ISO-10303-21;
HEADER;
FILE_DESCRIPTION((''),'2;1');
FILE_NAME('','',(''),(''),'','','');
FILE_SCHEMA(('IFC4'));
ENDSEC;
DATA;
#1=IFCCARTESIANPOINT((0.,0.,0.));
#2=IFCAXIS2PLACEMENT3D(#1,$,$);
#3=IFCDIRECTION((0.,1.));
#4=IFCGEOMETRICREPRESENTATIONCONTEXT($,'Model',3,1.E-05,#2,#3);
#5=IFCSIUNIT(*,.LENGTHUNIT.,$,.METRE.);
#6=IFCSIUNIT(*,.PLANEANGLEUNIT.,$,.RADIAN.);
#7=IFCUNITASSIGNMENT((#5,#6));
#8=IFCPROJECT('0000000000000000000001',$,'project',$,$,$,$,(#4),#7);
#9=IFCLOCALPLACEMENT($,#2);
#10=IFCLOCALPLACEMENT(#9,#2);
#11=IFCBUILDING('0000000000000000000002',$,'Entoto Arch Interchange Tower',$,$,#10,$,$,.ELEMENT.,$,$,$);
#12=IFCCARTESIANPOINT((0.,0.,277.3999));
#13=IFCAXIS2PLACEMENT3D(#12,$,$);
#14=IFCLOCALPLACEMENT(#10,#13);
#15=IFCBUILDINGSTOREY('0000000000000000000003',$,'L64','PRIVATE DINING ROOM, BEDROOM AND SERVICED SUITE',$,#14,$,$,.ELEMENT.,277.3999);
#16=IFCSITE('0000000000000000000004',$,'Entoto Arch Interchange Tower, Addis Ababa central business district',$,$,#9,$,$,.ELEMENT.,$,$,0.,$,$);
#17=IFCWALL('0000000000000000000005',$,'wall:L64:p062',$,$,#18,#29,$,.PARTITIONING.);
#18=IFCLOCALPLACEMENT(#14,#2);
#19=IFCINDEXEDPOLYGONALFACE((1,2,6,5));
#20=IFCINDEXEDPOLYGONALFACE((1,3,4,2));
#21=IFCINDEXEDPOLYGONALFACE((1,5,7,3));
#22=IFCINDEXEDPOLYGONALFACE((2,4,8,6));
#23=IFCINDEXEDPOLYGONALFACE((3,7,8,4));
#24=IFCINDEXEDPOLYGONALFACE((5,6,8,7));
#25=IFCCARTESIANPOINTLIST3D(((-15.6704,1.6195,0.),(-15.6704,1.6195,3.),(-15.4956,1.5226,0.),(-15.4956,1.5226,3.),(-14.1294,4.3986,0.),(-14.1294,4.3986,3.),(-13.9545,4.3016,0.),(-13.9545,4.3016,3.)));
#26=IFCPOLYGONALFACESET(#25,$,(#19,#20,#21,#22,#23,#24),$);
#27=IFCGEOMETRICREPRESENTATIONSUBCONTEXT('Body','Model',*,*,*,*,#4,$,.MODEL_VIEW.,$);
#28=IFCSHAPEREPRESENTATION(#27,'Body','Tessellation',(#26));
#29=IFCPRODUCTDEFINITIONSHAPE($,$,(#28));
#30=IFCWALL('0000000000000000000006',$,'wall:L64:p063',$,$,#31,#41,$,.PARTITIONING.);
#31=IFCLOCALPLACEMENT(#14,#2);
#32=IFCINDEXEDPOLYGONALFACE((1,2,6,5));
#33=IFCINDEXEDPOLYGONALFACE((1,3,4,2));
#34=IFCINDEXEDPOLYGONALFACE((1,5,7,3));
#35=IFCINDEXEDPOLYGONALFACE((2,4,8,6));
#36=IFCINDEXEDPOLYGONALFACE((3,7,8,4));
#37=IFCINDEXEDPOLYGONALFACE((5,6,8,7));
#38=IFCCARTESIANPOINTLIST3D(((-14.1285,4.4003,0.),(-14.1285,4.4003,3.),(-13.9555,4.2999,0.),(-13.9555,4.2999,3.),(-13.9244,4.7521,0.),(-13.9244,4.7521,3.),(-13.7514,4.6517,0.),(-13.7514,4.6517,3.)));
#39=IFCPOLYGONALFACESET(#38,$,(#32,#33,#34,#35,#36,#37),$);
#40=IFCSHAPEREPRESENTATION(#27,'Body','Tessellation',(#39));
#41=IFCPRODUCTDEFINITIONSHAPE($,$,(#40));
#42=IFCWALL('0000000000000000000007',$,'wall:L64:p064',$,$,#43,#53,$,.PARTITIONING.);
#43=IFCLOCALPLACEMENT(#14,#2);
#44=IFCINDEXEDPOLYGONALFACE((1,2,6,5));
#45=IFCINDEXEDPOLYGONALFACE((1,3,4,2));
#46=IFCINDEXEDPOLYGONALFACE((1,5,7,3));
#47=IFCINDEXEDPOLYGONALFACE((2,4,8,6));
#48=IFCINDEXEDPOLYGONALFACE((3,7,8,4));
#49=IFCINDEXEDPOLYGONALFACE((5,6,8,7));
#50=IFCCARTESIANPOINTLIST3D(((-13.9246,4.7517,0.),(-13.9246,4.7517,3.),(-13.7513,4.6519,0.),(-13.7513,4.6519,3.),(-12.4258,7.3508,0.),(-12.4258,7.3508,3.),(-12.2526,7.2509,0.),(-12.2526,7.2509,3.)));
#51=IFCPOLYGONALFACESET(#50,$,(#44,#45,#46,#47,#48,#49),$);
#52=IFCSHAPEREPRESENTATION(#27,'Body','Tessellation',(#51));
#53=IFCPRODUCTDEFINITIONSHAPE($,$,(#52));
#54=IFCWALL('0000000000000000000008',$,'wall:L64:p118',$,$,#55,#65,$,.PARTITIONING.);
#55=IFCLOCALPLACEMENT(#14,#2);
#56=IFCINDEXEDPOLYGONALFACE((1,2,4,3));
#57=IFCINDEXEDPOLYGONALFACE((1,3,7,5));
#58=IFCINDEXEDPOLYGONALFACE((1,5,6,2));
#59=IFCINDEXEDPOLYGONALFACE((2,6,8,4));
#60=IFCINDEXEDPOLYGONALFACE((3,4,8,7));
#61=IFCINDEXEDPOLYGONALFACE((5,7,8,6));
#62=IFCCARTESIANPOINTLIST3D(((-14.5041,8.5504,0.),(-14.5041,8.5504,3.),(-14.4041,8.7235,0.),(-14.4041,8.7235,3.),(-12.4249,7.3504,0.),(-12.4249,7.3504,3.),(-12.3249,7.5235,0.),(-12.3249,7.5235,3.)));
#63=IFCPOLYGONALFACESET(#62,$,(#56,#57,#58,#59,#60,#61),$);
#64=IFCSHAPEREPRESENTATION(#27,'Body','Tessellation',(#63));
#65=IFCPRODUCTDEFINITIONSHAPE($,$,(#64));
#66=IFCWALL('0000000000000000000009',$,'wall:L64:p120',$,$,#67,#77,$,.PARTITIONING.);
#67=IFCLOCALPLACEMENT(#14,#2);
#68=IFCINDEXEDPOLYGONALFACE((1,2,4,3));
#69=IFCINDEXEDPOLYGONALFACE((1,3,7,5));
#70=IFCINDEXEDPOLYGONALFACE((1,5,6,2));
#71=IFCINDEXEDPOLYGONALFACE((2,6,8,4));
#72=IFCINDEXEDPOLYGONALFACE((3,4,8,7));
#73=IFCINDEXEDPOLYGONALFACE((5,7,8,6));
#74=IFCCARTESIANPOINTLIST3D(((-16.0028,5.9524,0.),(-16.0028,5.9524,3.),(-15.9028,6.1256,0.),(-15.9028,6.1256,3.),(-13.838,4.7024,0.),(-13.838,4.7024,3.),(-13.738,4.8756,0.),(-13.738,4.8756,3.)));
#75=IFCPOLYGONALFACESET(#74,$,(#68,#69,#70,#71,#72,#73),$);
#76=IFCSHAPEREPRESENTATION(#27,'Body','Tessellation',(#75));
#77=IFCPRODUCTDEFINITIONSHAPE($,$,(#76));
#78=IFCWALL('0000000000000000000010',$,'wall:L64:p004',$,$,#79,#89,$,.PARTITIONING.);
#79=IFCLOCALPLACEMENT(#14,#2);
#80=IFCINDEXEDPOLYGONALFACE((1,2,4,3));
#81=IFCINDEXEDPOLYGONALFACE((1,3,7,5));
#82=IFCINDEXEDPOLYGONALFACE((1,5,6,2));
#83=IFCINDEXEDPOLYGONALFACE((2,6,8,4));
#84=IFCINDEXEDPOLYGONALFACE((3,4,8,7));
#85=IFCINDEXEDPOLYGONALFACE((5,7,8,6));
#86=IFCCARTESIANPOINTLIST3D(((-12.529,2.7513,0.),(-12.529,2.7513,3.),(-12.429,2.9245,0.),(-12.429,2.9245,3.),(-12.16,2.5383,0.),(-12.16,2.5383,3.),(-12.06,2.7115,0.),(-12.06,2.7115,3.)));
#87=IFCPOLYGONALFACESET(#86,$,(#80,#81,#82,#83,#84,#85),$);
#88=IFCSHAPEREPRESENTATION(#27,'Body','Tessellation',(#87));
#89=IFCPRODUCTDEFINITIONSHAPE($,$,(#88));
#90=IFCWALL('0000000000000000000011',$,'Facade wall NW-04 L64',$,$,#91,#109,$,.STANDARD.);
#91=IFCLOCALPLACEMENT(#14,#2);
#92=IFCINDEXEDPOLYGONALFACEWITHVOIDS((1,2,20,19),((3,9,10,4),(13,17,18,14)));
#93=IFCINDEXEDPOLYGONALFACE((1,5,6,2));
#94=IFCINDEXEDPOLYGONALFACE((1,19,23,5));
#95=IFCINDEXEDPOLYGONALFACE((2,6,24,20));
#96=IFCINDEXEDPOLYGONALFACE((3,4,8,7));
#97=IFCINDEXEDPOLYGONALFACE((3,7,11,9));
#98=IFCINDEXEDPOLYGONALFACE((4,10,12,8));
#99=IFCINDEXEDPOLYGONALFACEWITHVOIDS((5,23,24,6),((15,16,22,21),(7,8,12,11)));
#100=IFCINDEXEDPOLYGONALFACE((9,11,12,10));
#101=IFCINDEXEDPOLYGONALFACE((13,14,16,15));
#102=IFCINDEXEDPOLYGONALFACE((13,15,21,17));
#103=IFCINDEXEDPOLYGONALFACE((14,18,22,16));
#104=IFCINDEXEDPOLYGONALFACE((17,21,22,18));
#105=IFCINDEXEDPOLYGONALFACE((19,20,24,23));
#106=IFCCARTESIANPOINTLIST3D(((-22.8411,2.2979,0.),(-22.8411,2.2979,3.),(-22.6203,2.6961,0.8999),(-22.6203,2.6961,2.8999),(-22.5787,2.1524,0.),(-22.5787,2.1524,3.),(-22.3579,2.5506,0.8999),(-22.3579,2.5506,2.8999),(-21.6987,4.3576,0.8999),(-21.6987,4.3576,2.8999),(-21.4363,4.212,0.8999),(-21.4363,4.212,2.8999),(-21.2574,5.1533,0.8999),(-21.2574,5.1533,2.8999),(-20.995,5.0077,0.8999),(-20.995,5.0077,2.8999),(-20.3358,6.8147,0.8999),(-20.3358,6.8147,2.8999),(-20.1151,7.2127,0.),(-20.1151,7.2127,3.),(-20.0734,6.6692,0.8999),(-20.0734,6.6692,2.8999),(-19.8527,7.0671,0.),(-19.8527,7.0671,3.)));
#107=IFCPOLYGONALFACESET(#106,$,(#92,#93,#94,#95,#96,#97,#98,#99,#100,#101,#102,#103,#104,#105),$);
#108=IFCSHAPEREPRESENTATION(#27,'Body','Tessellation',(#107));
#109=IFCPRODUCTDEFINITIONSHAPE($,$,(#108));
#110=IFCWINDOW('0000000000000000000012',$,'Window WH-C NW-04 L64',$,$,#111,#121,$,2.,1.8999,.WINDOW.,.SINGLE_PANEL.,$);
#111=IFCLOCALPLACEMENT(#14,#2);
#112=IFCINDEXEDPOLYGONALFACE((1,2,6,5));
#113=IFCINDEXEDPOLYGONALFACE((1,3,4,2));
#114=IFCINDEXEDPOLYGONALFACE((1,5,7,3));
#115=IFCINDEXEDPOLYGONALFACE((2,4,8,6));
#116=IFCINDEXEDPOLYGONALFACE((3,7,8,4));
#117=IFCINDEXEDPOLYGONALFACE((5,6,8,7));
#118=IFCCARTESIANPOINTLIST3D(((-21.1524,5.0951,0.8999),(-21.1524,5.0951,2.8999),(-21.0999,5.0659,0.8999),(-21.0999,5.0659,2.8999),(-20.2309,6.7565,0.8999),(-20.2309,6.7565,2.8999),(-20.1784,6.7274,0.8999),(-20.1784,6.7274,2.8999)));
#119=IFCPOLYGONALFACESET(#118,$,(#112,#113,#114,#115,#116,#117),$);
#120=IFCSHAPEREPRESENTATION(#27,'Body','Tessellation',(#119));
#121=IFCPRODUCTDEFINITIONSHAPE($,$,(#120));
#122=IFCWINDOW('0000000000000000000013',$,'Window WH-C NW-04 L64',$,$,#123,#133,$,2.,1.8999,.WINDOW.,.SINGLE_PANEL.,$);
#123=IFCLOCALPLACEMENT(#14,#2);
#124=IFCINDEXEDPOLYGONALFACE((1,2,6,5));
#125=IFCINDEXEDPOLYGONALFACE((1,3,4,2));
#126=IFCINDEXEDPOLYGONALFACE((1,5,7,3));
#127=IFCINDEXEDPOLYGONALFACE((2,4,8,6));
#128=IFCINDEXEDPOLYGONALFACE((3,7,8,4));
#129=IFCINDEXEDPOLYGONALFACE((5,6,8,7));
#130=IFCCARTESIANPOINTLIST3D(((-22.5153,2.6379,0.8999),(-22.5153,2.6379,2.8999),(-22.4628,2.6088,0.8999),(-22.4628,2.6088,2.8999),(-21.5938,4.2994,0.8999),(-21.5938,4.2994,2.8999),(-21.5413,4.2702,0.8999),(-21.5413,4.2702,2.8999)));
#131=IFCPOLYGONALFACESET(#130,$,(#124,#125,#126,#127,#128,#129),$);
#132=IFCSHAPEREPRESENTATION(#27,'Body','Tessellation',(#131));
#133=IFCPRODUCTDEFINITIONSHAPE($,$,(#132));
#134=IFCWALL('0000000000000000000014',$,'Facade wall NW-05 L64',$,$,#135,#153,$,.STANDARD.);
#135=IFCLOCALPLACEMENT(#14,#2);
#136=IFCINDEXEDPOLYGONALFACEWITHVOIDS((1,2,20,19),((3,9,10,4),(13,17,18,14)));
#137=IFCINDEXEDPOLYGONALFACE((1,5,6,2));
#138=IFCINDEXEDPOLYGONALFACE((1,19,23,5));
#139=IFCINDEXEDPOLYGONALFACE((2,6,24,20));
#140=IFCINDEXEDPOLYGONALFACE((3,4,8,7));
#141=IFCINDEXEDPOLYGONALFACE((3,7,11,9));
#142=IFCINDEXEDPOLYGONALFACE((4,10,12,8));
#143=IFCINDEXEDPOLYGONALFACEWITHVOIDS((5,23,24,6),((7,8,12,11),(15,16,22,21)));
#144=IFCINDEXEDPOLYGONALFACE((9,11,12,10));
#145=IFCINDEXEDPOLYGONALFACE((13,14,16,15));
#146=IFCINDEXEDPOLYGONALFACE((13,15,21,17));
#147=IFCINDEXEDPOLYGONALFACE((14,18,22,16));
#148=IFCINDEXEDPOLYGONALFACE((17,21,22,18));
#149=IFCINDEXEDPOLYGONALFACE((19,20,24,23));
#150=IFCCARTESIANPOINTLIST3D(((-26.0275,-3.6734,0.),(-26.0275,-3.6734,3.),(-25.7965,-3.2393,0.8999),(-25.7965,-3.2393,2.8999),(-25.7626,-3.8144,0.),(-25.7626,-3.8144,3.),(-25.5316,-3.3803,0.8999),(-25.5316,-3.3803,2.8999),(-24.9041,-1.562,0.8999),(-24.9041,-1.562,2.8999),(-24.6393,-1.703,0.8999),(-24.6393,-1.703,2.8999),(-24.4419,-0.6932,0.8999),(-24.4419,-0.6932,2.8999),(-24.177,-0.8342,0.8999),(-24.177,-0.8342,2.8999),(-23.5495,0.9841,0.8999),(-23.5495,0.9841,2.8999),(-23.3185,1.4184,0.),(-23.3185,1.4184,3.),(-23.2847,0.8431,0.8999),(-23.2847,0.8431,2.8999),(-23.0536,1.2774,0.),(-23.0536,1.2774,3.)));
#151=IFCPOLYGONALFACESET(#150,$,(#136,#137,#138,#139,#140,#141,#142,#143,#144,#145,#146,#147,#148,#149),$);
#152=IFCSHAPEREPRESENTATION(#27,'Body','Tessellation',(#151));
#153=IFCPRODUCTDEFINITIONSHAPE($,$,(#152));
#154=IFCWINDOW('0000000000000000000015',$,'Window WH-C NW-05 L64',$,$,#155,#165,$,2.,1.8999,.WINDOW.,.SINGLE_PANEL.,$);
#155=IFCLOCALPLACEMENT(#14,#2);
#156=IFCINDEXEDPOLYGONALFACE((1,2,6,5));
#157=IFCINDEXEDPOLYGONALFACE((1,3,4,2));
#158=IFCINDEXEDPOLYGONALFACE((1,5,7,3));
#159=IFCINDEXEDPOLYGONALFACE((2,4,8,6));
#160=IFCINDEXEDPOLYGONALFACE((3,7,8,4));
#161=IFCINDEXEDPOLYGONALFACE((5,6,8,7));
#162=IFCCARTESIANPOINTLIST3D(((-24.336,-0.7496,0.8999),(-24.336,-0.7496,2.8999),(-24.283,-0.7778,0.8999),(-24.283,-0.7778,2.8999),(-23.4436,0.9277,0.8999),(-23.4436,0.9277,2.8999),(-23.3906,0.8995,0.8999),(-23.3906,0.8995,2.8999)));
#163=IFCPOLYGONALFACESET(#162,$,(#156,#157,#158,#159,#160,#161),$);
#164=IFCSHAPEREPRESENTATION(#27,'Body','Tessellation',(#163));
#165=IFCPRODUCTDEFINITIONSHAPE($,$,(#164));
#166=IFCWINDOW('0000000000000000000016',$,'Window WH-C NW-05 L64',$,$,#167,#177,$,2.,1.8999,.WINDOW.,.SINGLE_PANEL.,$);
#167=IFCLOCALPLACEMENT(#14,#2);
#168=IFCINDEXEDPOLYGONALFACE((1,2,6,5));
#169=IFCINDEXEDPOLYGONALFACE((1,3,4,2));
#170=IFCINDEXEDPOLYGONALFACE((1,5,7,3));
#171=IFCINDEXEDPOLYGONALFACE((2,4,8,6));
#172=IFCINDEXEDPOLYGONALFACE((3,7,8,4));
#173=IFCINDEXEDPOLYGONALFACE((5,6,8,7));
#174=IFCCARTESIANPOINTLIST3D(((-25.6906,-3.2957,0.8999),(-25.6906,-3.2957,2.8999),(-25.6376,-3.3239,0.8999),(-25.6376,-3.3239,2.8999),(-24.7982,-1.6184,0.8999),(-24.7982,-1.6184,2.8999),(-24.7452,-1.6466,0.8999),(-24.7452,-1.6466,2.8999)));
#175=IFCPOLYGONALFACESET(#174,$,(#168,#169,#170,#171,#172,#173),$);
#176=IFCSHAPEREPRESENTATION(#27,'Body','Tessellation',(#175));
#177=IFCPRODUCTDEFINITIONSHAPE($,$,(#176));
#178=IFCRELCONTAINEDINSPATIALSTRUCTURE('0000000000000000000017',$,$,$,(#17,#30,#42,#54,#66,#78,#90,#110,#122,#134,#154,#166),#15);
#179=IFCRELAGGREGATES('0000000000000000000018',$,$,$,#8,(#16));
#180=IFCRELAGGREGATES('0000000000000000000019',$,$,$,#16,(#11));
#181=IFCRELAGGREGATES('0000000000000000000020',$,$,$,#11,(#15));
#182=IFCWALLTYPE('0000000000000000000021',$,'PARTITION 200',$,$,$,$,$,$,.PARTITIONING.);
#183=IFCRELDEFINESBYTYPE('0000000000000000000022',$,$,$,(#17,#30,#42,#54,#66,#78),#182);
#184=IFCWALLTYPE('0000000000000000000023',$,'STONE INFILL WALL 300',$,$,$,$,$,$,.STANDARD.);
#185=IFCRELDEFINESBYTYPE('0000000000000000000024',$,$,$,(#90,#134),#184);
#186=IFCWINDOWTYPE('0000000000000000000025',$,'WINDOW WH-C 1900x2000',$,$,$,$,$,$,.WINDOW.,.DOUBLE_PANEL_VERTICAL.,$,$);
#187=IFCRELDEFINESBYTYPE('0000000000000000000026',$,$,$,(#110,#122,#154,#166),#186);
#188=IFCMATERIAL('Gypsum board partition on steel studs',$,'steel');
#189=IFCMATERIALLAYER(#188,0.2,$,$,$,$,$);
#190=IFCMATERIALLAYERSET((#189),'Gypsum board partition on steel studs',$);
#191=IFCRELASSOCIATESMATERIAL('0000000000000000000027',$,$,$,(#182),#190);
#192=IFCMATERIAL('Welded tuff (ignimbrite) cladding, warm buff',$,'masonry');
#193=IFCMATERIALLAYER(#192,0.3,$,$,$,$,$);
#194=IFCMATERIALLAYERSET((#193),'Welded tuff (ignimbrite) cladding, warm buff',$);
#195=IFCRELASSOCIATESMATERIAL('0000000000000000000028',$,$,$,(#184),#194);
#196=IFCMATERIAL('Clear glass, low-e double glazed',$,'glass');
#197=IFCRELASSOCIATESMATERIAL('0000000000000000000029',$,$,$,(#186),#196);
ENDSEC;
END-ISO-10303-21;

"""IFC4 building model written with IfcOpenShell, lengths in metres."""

from ifc_helpers import new_model, si_unit, direction, frame, frame_2d, origin, place, context, subcontext, project, spatial, rectangle, extrude, material, layer, layer_set, type_object, element, fill, save


model = new_model("IFC4")

# Units and contexts
model_context = context("Model", 3, precision=1e-05, world=origin(), true_north=direction((0.0, 1.0)))
body_context = subcontext(model_context, "Body", "Model", "MODEL_VIEW")
ifc_project = project(units=[si_unit("LENGTHUNIT", "METRE"), si_unit("PLANEANGLEUNIT", "RADIAN")], contexts=[model_context])

# Site, building, storey
site_placement = place(None, origin())
site = spatial("IfcSite", under=ifc_project, at=site_placement, Name="Entoto Arch Interchange Tower, Addis Ababa central business district", CompositionType="ELEMENT", RefElevation=0.0)
building_placement = place(site_placement, origin())
building = spatial("IfcBuilding", under=site, at=building_placement, Name="Entoto Arch Interchange Tower", CompositionType="ELEMENT")
storey_placement = place(building_placement, frame((0.0, 0.0, 277.3999)))
storey = spatial("IfcBuildingStorey", under=building, at=storey_placement, Name="L64", Description="PRIVATE DINING ROOM, BEDROOM AND SERVICED SUITE", CompositionType="ELEMENT", Elevation=277.3999)

# Shared definitions
ifc_material_1 = material(Name="Gypsum board partition on steel studs", Category="steel")

# Shared definitions
ifc_layer_1 = layer(ifc_material_1, 0.2)
ifc_layer_set_1 = layer_set([ifc_layer_1], Name="Gypsum board partition on steel studs")
wall_type_1 = type_object("IfcWallType", Name="PARTITION 200", PredefinedType="PARTITIONING", material=ifc_layer_set_1)

# Walls
wall_1_placement = place(storey_placement, frame((-15.583, 1.571, 0.0), z_axis=(0.0, 0.0, 1.0), x_axis=(0.484945, 0.874545, 0.0)))
element("IfcWall", 1, at=wall_1_placement, inside=storey, type_object=wall_type_1, Name="wall:L64:p062", PredefinedType="PARTITIONING", context=body_context, shape_type="SweptSolid", body=[
    extrude(rectangle(XDim=3.1777, YDim=0.2, at=frame_2d((1.5889, 0.0))), origin(), (0.0, 0.0, 1.0), 3.0),
])
wall_2_placement = place(storey_placement, frame((-14.042, 4.3501, 0.0), z_axis=(0.0, 0.0, 1.0), x_axis=(0.501817, 0.864974, 0.0)))
element("IfcWall", 2, at=wall_2_placement, inside=storey, type_object=wall_type_1, Name="wall:L64:p063", PredefinedType="PARTITIONING", context=body_context, shape_type="SweptSolid", body=[
    extrude(rectangle(XDim=0.4067, YDim=0.2, at=frame_2d((0.2034, 0.0))), origin(), (0.0, 0.0, 1.0), 3.0),
])
wall_3_placement = place(storey_placement, frame((-13.8379, 4.7019, 0.0), z_axis=(0.0, 0.0, 1.0), x_axis=(0.499544, 0.866289, 0.0)))
element("IfcWall", 3, at=wall_3_placement, inside=storey, type_object=wall_type_1, Name="wall:L64:p064", PredefinedType="PARTITIONING", context=body_context, shape_type="SweptSolid", body=[
    extrude(rectangle(XDim=3.0002, YDim=0.2, at=frame_2d((1.5, 0.0))), origin(), (0.0, 0.0, 1.0), 3.0),
])
wall_4_placement = place(storey_placement, frame((-12.375, 7.437, 0.0), z_axis=(0.0, 0.0, 1.0), x_axis=(-0.866101, 0.499869, 0.0)))
element("IfcWall", 4, at=wall_4_placement, inside=storey, type_object=wall_type_1, Name="wall:L64:p118", PredefinedType="PARTITIONING", context=body_context, shape_type="SweptSolid", body=[
    extrude(rectangle(XDim=2.4006, YDim=0.2, at=frame_2d((1.2002, 0.0))), origin(), (0.0, 0.0, 1.0), 3.0),
])
wall_5_placement = place(storey_placement, frame((-15.9529, 6.0391, 0.0), z_axis=(0.0, 0.0, 1.0), x_axis=(0.865999, -0.500047, 0.0)))
element("IfcWall", 5, at=wall_5_placement, inside=storey, type_object=wall_type_1, Name="wall:L64:p120", PredefinedType="PARTITIONING", context=body_context, shape_type="SweptSolid", body=[
    extrude(rectangle(XDim=2.4998, YDim=0.2, at=frame_2d((1.25, 0.0))), origin(), (0.0, 0.0, 1.0), 3.0),
])
wall_6_placement = place(storey_placement, frame((-12.1101, 2.625, 0.0), z_axis=(0.0, 0.0, 1.0), x_axis=(-0.866119, 0.499838, 0.0)))
element("IfcWall", 6, at=wall_6_placement, inside=storey, type_object=wall_type_1, Name="wall:L64:p004", PredefinedType="PARTITIONING", context=body_context, shape_type="SweptSolid", body=[
    extrude(rectangle(XDim=0.426, YDim=0.2, at=frame_2d((0.2129, 0.0))), origin(), (0.0, 0.0, 1.0), 3.0),
])

# Walls, openings, windows
ifc_material_2 = material(Name="Welded tuff (ignimbrite) cladding, warm buff", Category="masonry")
ifc_layer_2 = layer(ifc_material_2, 0.3)
ifc_layer_set_2 = layer_set([ifc_layer_2], Name="Welded tuff (ignimbrite) cladding, warm buff")
wall_type_2 = type_object("IfcWallType", Name="STONE INFILL WALL 300", PredefinedType="STANDARD", material=ifc_layer_set_2)
wall_7_placement = place(storey_placement, frame((-19.9839, 7.1399, 0.0), z_axis=(0.0, 0.0, 1.0), x_axis=(-0.485049, -0.874487, 0.0)))
wall_7 = element("IfcWall", 7, at=wall_7_placement, inside=storey, type_object=wall_type_2, Name="Facade wall NW-04 L64", PredefinedType="STANDARD", context=body_context, shape_type="SweptSolid", body=[
    extrude(rectangle(XDim=5.6201, YDim=0.3, at=frame_2d((2.8101, 0.0))), origin(), (0.0, 0.0, 1.0), 3.0),
])
opening_1_placement = place(wall_7_placement, frame((0.4551, 0.0, 0.8999)))
opening_1 = element("IfcOpeningElement", 8, at=opening_1_placement, cuts=wall_7, PredefinedType="OPENING", context=body_context, shape_type="SweptSolid", body=[
    extrude(rectangle(XDim=1.8999, YDim=2.0, at=frame_2d((0.95, 1.0))), frame((0.0, 0.1602, 0.0), z_axis=(0.0, -1.0, 0.0), x_axis=(1.0, 0.0, 0.0)), (0.0, 0.0, 1.0), 0.3201),
])
opening_2_placement = place(wall_7_placement, frame((3.2649, 0.0, 0.8999)))
opening_2 = element("IfcOpeningElement", 9, at=opening_2_placement, cuts=wall_7, PredefinedType="OPENING", context=body_context, shape_type="SweptSolid", body=[
    extrude(rectangle(XDim=1.8999, YDim=2.0, at=frame_2d((0.95, 1.0))), frame((0.0, 0.1602, 0.0), z_axis=(0.0, -1.0, 0.0), x_axis=(1.0, 0.0, 0.0)), (0.0, 0.0, 1.0), 0.3201),
])
ifc_material_3 = material(Name="Clear glass, low-e double glazed", Category="glass")
window_type = type_object("IfcWindowType", Name="WINDOW WH-C 1900x2000", PartitioningType="DOUBLE_PANEL_VERTICAL", PredefinedType="WINDOW", material=ifc_material_3)
window_1_placement = place(opening_1_placement, origin())
window_1 = element("IfcWindow", 10, at=window_1_placement, inside=storey, type_object=window_type, Name="Window WH-C NW-04 L64", OverallHeight=2.0, OverallWidth=1.8999, PartitioningType="SINGLE_PANEL", PredefinedType="WINDOW", context=body_context, shape_type="SweptSolid", body=[
    extrude(rectangle(XDim=1.8999, YDim=2.0, at=frame_2d((0.95, 1.0))), frame((0.0, 0.03, 0.0), z_axis=(0.0, -1.0, 0.0), x_axis=(1.0, 0.0, 0.0)), (0.0, 0.0, 1.0), 0.0601),
])
fill(opening_1, window_1)
window_2_placement = place(opening_2_placement, origin())
window_2 = element("IfcWindow", 11, at=window_2_placement, inside=storey, type_object=window_type, Name="Window WH-C NW-04 L64", OverallHeight=2.0, OverallWidth=1.8999, PartitioningType="SINGLE_PANEL", PredefinedType="WINDOW", context=body_context, shape_type="SweptSolid", body=[
    extrude(rectangle(XDim=1.8999, YDim=2.0, at=frame_2d((0.95, 1.0))), frame((0.0, 0.03, 0.0), z_axis=(0.0, -1.0, 0.0), x_axis=(1.0, 0.0, 0.0)), (0.0, 0.0, 1.0), 0.0601),
])
fill(opening_2, window_2)
wall_8_placement = place(storey_placement, frame((-23.186, 1.3479, 0.0), z_axis=(0.0, 0.0, 1.0), x_axis=(-0.469692, -0.882831, 0.0)))
wall_8 = element("IfcWall", 12, at=wall_8_placement, inside=storey, type_object=wall_type_2, Name="Facade wall NW-05 L64", PredefinedType="STANDARD", context=body_context, shape_type="SweptSolid", body=[
    extrude(rectangle(XDim=5.7676, YDim=0.3, at=frame_2d((2.8838, 0.0))), origin(), (0.0, 0.0, 1.0), 3.0),
])
opening_3_placement = place(wall_8_placement, frame((0.4919, 0.0, 0.8999)))
opening_3 = element("IfcOpeningElement", 13, at=opening_3_placement, cuts=wall_8, PredefinedType="OPENING", context=body_context, shape_type="SweptSolid", body=[
    extrude(rectangle(XDim=1.8999, YDim=2.0, at=frame_2d((0.95, 1.0))), frame((0.0, 0.1602, 0.0), z_axis=(0.0, -1.0, 0.0), x_axis=(1.0, 0.0, 0.0)), (0.0, 0.0, 1.0), 0.3201),
])
opening_4_placement = place(wall_8_placement, frame((3.376, 0.0, 0.8999)))
opening_4 = element("IfcOpeningElement", 14, at=opening_4_placement, cuts=wall_8, PredefinedType="OPENING", context=body_context, shape_type="SweptSolid", body=[
    extrude(rectangle(XDim=1.8999, YDim=2.0, at=frame_2d((0.95, 1.0))), frame((0.0, 0.1602, 0.0), z_axis=(0.0, -1.0, 0.0), x_axis=(1.0, 0.0, 0.0)), (0.0, 0.0, 1.0), 0.3201),
])
window_3_placement = place(opening_3_placement, origin())
window_3 = element("IfcWindow", 15, at=window_3_placement, inside=storey, type_object=window_type, Name="Window WH-C NW-05 L64", OverallHeight=2.0, OverallWidth=1.8999, PartitioningType="SINGLE_PANEL", PredefinedType="WINDOW", context=body_context, shape_type="SweptSolid", body=[
    extrude(rectangle(XDim=1.8999, YDim=2.0, at=frame_2d((0.95, 1.0))), frame((0.0, 0.03, 0.0), z_axis=(0.0, -1.0, 0.0), x_axis=(1.0, 0.0, 0.0)), (0.0, 0.0, 1.0), 0.0601),
])
fill(opening_3, window_3)
window_4_placement = place(opening_4_placement, origin())
window_4 = element("IfcWindow", 16, at=window_4_placement, inside=storey, type_object=window_type, Name="Window WH-C NW-05 L64", OverallHeight=2.0, OverallWidth=1.8999, PartitioningType="SINGLE_PANEL", PredefinedType="WINDOW", context=body_context, shape_type="SweptSolid", body=[
    extrude(rectangle(XDim=1.8999, YDim=2.0, at=frame_2d((0.95, 1.0))), frame((0.0, 0.03, 0.0), z_axis=(0.0, -1.0, 0.0), x_axis=(1.0, 0.0, 0.0)), (0.0, 0.0, 1.0), 0.0601),
])
fill(opening_4, window_4)

save(model, "model.ifc")
